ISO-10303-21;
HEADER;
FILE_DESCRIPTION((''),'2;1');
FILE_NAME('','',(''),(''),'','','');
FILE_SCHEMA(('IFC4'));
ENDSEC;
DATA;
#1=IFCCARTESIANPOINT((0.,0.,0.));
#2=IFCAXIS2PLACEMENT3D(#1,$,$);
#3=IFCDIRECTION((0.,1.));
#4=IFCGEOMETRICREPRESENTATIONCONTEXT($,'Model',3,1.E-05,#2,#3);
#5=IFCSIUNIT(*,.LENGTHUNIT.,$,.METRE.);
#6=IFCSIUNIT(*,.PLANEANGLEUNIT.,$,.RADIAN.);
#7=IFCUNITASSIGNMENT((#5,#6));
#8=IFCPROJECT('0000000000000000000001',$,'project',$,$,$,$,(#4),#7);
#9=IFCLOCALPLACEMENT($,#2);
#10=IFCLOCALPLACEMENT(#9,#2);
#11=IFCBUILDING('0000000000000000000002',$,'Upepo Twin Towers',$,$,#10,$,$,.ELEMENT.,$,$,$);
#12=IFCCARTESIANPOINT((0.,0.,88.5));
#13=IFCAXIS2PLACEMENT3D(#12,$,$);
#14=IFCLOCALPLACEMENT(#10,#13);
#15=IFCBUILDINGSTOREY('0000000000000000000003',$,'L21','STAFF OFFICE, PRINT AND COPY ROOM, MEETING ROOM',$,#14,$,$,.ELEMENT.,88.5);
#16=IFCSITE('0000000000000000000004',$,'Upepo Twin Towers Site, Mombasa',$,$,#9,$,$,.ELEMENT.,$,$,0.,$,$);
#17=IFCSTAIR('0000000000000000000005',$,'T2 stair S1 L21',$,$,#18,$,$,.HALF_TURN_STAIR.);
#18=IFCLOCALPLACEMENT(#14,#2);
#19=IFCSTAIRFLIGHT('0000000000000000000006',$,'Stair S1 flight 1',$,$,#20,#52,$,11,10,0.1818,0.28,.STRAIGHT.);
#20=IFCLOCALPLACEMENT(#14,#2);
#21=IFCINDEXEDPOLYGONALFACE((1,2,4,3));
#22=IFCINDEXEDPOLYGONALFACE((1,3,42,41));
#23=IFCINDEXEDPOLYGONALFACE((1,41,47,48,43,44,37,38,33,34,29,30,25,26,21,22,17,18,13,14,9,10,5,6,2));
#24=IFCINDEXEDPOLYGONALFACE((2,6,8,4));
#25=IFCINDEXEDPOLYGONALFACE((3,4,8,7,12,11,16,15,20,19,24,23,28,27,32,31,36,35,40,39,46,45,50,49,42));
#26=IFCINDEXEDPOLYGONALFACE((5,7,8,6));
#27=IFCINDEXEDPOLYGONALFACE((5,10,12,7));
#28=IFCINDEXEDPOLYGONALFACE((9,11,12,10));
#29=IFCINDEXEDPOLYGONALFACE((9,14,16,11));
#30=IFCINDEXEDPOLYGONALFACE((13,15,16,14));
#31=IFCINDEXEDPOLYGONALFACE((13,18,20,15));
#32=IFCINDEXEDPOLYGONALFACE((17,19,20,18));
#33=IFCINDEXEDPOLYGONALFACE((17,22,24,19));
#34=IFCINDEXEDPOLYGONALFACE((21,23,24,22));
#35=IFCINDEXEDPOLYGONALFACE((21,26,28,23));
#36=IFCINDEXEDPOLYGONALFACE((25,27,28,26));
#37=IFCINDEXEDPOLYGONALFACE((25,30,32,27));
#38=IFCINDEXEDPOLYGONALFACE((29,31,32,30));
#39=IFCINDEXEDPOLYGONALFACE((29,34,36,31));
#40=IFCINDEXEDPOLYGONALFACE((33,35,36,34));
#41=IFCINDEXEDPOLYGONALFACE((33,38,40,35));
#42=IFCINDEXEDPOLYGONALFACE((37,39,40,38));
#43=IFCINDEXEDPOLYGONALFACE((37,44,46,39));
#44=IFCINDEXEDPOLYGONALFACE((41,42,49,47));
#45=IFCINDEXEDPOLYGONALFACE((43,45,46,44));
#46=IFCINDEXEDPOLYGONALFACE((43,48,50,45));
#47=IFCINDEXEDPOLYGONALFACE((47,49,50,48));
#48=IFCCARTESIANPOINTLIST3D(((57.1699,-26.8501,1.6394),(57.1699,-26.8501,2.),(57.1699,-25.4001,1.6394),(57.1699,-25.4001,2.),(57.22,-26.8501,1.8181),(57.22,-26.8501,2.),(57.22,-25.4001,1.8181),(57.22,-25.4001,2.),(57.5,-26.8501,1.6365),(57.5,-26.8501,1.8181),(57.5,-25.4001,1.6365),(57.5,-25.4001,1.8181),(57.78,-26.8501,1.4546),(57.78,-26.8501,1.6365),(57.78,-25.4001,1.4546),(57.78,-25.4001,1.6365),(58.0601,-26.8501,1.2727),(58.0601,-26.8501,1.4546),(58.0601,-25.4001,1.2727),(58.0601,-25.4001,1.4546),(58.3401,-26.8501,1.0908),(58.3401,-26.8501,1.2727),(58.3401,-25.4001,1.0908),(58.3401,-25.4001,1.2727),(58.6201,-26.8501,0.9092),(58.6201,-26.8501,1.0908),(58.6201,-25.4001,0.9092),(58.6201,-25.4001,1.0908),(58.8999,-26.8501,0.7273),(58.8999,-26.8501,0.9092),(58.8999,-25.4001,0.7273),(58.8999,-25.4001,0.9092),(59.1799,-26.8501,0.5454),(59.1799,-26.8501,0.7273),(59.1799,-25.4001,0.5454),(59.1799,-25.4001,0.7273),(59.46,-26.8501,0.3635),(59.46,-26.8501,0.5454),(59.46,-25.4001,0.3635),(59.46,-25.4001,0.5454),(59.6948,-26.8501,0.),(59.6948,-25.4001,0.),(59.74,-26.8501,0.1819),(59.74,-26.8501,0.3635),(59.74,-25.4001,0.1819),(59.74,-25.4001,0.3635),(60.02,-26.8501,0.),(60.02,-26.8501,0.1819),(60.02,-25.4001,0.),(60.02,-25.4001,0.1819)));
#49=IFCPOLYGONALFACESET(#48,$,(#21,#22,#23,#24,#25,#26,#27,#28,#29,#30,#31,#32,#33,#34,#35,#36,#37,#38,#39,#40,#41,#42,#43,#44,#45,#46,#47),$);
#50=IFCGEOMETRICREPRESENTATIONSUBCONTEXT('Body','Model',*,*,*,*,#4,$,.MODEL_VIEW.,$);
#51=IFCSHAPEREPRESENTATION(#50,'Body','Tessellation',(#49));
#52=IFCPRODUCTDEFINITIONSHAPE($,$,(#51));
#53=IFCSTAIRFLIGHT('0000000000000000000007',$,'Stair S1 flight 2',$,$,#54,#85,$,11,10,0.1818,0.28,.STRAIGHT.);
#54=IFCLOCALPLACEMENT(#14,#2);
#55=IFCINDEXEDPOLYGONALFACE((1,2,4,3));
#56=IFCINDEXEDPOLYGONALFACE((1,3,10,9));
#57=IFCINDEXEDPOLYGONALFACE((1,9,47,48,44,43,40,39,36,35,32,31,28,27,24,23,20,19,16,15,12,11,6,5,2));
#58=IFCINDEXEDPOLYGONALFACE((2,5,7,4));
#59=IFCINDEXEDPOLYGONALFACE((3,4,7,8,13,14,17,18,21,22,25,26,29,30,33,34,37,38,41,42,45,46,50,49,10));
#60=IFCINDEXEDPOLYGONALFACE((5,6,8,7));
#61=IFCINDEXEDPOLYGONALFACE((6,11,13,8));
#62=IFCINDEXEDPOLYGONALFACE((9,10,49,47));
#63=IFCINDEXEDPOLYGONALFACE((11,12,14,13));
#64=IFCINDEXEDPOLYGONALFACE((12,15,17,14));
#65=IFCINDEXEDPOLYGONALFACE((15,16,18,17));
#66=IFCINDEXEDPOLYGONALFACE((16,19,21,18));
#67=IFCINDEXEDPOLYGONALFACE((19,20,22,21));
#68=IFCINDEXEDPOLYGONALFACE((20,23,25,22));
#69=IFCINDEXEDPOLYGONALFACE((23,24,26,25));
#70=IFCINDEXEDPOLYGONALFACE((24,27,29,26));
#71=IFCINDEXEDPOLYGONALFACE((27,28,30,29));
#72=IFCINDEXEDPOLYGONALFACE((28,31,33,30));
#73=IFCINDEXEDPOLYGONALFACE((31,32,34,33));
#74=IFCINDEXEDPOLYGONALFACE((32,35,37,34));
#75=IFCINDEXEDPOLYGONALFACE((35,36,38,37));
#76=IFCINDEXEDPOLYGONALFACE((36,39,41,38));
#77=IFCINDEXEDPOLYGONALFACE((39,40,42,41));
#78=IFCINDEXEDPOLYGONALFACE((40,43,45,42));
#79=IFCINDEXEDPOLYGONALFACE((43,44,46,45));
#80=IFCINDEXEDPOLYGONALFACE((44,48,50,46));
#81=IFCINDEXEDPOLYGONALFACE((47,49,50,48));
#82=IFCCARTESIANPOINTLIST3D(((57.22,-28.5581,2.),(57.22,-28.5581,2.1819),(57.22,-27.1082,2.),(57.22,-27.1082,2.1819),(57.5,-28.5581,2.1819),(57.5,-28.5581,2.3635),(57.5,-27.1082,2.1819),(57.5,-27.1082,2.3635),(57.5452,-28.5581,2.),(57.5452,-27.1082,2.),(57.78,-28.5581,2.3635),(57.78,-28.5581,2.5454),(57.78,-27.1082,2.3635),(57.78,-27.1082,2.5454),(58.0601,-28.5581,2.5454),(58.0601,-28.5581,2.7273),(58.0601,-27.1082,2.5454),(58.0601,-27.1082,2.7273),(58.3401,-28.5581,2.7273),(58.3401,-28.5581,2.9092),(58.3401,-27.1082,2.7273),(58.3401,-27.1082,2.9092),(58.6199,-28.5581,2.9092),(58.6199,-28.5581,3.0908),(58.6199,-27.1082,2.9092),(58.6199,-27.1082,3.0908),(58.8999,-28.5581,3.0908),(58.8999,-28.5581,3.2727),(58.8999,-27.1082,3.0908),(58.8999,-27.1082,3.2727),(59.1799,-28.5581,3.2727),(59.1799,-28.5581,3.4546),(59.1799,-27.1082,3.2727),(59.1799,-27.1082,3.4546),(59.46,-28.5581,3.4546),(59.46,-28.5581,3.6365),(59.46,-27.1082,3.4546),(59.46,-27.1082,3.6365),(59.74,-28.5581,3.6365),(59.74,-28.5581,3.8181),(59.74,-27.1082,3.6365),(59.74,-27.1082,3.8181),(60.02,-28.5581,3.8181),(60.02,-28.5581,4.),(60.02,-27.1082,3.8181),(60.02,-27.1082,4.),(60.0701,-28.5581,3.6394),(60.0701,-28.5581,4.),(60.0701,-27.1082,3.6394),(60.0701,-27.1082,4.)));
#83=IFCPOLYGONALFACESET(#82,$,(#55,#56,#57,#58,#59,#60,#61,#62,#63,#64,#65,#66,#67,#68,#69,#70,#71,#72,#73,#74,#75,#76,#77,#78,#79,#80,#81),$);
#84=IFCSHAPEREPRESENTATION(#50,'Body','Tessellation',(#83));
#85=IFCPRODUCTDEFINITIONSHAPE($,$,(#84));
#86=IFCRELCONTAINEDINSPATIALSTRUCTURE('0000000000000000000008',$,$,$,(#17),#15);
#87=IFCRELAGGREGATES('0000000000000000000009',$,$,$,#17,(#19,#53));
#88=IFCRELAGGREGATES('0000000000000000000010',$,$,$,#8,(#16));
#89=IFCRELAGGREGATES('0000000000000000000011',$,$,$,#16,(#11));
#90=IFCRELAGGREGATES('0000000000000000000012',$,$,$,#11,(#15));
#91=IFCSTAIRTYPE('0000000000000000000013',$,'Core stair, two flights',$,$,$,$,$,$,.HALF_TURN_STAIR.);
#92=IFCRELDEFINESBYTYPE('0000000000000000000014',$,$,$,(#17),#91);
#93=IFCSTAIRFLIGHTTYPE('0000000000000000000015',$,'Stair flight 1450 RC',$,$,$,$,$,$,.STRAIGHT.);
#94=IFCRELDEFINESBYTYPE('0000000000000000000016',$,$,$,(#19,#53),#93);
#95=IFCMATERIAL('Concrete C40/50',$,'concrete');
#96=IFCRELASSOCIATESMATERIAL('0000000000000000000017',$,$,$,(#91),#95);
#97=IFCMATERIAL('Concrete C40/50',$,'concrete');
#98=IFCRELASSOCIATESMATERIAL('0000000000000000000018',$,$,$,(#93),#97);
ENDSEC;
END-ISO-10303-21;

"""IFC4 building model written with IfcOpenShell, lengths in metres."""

from ifc_helpers import new_model, si_unit, direction, frame, origin, place, context, subcontext, project, spatial, polyline, outline, extrude, material, type_object, element, aggregate, save


model = new_model("IFC4")

# Units and contexts
model_context = context("Model", 3, precision=1e-05, world=origin(), true_north=direction((0.0, 1.0)))
body_context = subcontext(model_context, "Body", "Model", "MODEL_VIEW")
ifc_project = project(units=[si_unit("LENGTHUNIT", "METRE"), si_unit("PLANEANGLEUNIT", "RADIAN")], contexts=[model_context])

# Site, building, storey
site_placement = place(None, origin())
site = spatial("IfcSite", under=ifc_project, at=site_placement, Name="Upepo Twin Towers Site, Mombasa", CompositionType="ELEMENT", RefElevation=0.0)
building_placement = place(site_placement, origin())
building = spatial("IfcBuilding", under=site, at=building_placement, Name="Upepo Twin Towers", CompositionType="ELEMENT")
storey_placement = place(building_placement, frame((0.0, 0.0, 88.5)))
storey = spatial("IfcBuildingStorey", under=building, at=storey_placement, Name="L21", Description="STAFF OFFICE, PRINT AND COPY ROOM, MEETING ROOM", CompositionType="ELEMENT", Elevation=88.5)

# Stair, stair flights
ifc_material_1 = material(Name="Concrete C40/50", Category="concrete")
stair_type = type_object("IfcStairType", Name="Core stair, two flights", PredefinedType="HALF_TURN_STAIR", material=ifc_material_1)
stair_placement = place(storey_placement, origin())
stair = element("IfcStair", 1, at=stair_placement, inside=storey, type_object=stair_type, Name="T2 stair S1 L21", PredefinedType="HALF_TURN_STAIR")
ifc_material_2 = material(Name="Concrete C40/50", Category="concrete")
stair_flight_type = type_object("IfcStairFlightType", Name="Stair flight 1450 RC", PredefinedType="STRAIGHT", material=ifc_material_2)
stair_flight_1_placement = place(storey_placement, frame((60.02, -26.125, 0.0), z_axis=(0.0, 0.0, 1.0), x_axis=(-1.0, 0.0, 0.0)))
stair_flight_1 = element("IfcStairFlight", 2, at=stair_flight_1_placement, type_object=stair_flight_type, Name="Stair S1 flight 1", NumberOfRisers=11, NumberOfTreads=10, PredefinedType="STRAIGHT", RiserHeight=0.1818, TreadLength=0.28, context=body_context, shape_type="SweptSolid", body=[
    extrude(outline(polyline([(0.0, 0.0), (0.0, 0.1819), (0.28, 0.1819), (0.28, 0.3635), (0.5601, 0.3635), (0.5601, 0.5454), (0.8401, 0.5454), (0.8401, 0.7273), (1.1201, 0.7273), (1.1201, 0.9092), (1.3999, 0.9092), (1.3999, 1.0908), (1.6799, 1.0908), (1.6799, 1.2727), (1.96, 1.2727), (1.96, 1.4546), (2.24, 1.4546), (2.24, 1.6365), (2.52, 1.6365), (2.52, 1.8181), (2.8, 1.8181), (2.8, 2.0), (2.8501, 2.0), (2.8501, 1.6394), (0.3252, 0.0), (0.0, 0.0)])), frame((0.0, 0.7251, 0.0), z_axis=(0.0, -1.0, 0.0), x_axis=(1.0, 0.0, 0.0)), (0.0, 0.0, 1.0), 1.45),
])
stair_flight_2_placement = place(storey_placement, frame((57.22, -27.8333, 2.0), z_axis=(0.0, 0.0, 1.0), x_axis=(1.0, 0.0, 0.0)))
stair_flight_2 = element("IfcStairFlight", 3, at=stair_flight_2_placement, type_object=stair_flight_type, Name="Stair S1 flight 2", NumberOfRisers=11, NumberOfTreads=10, PredefinedType="STRAIGHT", RiserHeight=0.1818, TreadLength=0.28, context=body_context, shape_type="SweptSolid", body=[
    extrude(outline(polyline([(0.0, 0.0), (0.0, 0.1819), (0.28, 0.1819), (0.28, 0.3635), (0.5601, 0.3635), (0.5601, 0.5454), (0.8401, 0.5454), (0.8401, 0.7273), (1.1201, 0.7273), (1.1201, 0.9092), (1.3999, 0.9092), (1.3999, 1.0908), (1.6799, 1.0908), (1.6799, 1.2727), (1.96, 1.2727), (1.96, 1.4546), (2.24, 1.4546), (2.24, 1.6365), (2.52, 1.6365), (2.52, 1.8181), (2.8, 1.8181), (2.8, 2.0), (2.8501, 2.0), (2.8501, 1.6394), (0.3252, 0.0), (0.0, 0.0)])), frame((0.0, 0.7251, 0.0), z_axis=(0.0, -1.0, 0.0), x_axis=(1.0, 0.0, 0.0)), (0.0, 0.0, 1.0), 1.45),
])
aggregate(stair, [stair_flight_1, stair_flight_2])

save(model, "model.ifc")
